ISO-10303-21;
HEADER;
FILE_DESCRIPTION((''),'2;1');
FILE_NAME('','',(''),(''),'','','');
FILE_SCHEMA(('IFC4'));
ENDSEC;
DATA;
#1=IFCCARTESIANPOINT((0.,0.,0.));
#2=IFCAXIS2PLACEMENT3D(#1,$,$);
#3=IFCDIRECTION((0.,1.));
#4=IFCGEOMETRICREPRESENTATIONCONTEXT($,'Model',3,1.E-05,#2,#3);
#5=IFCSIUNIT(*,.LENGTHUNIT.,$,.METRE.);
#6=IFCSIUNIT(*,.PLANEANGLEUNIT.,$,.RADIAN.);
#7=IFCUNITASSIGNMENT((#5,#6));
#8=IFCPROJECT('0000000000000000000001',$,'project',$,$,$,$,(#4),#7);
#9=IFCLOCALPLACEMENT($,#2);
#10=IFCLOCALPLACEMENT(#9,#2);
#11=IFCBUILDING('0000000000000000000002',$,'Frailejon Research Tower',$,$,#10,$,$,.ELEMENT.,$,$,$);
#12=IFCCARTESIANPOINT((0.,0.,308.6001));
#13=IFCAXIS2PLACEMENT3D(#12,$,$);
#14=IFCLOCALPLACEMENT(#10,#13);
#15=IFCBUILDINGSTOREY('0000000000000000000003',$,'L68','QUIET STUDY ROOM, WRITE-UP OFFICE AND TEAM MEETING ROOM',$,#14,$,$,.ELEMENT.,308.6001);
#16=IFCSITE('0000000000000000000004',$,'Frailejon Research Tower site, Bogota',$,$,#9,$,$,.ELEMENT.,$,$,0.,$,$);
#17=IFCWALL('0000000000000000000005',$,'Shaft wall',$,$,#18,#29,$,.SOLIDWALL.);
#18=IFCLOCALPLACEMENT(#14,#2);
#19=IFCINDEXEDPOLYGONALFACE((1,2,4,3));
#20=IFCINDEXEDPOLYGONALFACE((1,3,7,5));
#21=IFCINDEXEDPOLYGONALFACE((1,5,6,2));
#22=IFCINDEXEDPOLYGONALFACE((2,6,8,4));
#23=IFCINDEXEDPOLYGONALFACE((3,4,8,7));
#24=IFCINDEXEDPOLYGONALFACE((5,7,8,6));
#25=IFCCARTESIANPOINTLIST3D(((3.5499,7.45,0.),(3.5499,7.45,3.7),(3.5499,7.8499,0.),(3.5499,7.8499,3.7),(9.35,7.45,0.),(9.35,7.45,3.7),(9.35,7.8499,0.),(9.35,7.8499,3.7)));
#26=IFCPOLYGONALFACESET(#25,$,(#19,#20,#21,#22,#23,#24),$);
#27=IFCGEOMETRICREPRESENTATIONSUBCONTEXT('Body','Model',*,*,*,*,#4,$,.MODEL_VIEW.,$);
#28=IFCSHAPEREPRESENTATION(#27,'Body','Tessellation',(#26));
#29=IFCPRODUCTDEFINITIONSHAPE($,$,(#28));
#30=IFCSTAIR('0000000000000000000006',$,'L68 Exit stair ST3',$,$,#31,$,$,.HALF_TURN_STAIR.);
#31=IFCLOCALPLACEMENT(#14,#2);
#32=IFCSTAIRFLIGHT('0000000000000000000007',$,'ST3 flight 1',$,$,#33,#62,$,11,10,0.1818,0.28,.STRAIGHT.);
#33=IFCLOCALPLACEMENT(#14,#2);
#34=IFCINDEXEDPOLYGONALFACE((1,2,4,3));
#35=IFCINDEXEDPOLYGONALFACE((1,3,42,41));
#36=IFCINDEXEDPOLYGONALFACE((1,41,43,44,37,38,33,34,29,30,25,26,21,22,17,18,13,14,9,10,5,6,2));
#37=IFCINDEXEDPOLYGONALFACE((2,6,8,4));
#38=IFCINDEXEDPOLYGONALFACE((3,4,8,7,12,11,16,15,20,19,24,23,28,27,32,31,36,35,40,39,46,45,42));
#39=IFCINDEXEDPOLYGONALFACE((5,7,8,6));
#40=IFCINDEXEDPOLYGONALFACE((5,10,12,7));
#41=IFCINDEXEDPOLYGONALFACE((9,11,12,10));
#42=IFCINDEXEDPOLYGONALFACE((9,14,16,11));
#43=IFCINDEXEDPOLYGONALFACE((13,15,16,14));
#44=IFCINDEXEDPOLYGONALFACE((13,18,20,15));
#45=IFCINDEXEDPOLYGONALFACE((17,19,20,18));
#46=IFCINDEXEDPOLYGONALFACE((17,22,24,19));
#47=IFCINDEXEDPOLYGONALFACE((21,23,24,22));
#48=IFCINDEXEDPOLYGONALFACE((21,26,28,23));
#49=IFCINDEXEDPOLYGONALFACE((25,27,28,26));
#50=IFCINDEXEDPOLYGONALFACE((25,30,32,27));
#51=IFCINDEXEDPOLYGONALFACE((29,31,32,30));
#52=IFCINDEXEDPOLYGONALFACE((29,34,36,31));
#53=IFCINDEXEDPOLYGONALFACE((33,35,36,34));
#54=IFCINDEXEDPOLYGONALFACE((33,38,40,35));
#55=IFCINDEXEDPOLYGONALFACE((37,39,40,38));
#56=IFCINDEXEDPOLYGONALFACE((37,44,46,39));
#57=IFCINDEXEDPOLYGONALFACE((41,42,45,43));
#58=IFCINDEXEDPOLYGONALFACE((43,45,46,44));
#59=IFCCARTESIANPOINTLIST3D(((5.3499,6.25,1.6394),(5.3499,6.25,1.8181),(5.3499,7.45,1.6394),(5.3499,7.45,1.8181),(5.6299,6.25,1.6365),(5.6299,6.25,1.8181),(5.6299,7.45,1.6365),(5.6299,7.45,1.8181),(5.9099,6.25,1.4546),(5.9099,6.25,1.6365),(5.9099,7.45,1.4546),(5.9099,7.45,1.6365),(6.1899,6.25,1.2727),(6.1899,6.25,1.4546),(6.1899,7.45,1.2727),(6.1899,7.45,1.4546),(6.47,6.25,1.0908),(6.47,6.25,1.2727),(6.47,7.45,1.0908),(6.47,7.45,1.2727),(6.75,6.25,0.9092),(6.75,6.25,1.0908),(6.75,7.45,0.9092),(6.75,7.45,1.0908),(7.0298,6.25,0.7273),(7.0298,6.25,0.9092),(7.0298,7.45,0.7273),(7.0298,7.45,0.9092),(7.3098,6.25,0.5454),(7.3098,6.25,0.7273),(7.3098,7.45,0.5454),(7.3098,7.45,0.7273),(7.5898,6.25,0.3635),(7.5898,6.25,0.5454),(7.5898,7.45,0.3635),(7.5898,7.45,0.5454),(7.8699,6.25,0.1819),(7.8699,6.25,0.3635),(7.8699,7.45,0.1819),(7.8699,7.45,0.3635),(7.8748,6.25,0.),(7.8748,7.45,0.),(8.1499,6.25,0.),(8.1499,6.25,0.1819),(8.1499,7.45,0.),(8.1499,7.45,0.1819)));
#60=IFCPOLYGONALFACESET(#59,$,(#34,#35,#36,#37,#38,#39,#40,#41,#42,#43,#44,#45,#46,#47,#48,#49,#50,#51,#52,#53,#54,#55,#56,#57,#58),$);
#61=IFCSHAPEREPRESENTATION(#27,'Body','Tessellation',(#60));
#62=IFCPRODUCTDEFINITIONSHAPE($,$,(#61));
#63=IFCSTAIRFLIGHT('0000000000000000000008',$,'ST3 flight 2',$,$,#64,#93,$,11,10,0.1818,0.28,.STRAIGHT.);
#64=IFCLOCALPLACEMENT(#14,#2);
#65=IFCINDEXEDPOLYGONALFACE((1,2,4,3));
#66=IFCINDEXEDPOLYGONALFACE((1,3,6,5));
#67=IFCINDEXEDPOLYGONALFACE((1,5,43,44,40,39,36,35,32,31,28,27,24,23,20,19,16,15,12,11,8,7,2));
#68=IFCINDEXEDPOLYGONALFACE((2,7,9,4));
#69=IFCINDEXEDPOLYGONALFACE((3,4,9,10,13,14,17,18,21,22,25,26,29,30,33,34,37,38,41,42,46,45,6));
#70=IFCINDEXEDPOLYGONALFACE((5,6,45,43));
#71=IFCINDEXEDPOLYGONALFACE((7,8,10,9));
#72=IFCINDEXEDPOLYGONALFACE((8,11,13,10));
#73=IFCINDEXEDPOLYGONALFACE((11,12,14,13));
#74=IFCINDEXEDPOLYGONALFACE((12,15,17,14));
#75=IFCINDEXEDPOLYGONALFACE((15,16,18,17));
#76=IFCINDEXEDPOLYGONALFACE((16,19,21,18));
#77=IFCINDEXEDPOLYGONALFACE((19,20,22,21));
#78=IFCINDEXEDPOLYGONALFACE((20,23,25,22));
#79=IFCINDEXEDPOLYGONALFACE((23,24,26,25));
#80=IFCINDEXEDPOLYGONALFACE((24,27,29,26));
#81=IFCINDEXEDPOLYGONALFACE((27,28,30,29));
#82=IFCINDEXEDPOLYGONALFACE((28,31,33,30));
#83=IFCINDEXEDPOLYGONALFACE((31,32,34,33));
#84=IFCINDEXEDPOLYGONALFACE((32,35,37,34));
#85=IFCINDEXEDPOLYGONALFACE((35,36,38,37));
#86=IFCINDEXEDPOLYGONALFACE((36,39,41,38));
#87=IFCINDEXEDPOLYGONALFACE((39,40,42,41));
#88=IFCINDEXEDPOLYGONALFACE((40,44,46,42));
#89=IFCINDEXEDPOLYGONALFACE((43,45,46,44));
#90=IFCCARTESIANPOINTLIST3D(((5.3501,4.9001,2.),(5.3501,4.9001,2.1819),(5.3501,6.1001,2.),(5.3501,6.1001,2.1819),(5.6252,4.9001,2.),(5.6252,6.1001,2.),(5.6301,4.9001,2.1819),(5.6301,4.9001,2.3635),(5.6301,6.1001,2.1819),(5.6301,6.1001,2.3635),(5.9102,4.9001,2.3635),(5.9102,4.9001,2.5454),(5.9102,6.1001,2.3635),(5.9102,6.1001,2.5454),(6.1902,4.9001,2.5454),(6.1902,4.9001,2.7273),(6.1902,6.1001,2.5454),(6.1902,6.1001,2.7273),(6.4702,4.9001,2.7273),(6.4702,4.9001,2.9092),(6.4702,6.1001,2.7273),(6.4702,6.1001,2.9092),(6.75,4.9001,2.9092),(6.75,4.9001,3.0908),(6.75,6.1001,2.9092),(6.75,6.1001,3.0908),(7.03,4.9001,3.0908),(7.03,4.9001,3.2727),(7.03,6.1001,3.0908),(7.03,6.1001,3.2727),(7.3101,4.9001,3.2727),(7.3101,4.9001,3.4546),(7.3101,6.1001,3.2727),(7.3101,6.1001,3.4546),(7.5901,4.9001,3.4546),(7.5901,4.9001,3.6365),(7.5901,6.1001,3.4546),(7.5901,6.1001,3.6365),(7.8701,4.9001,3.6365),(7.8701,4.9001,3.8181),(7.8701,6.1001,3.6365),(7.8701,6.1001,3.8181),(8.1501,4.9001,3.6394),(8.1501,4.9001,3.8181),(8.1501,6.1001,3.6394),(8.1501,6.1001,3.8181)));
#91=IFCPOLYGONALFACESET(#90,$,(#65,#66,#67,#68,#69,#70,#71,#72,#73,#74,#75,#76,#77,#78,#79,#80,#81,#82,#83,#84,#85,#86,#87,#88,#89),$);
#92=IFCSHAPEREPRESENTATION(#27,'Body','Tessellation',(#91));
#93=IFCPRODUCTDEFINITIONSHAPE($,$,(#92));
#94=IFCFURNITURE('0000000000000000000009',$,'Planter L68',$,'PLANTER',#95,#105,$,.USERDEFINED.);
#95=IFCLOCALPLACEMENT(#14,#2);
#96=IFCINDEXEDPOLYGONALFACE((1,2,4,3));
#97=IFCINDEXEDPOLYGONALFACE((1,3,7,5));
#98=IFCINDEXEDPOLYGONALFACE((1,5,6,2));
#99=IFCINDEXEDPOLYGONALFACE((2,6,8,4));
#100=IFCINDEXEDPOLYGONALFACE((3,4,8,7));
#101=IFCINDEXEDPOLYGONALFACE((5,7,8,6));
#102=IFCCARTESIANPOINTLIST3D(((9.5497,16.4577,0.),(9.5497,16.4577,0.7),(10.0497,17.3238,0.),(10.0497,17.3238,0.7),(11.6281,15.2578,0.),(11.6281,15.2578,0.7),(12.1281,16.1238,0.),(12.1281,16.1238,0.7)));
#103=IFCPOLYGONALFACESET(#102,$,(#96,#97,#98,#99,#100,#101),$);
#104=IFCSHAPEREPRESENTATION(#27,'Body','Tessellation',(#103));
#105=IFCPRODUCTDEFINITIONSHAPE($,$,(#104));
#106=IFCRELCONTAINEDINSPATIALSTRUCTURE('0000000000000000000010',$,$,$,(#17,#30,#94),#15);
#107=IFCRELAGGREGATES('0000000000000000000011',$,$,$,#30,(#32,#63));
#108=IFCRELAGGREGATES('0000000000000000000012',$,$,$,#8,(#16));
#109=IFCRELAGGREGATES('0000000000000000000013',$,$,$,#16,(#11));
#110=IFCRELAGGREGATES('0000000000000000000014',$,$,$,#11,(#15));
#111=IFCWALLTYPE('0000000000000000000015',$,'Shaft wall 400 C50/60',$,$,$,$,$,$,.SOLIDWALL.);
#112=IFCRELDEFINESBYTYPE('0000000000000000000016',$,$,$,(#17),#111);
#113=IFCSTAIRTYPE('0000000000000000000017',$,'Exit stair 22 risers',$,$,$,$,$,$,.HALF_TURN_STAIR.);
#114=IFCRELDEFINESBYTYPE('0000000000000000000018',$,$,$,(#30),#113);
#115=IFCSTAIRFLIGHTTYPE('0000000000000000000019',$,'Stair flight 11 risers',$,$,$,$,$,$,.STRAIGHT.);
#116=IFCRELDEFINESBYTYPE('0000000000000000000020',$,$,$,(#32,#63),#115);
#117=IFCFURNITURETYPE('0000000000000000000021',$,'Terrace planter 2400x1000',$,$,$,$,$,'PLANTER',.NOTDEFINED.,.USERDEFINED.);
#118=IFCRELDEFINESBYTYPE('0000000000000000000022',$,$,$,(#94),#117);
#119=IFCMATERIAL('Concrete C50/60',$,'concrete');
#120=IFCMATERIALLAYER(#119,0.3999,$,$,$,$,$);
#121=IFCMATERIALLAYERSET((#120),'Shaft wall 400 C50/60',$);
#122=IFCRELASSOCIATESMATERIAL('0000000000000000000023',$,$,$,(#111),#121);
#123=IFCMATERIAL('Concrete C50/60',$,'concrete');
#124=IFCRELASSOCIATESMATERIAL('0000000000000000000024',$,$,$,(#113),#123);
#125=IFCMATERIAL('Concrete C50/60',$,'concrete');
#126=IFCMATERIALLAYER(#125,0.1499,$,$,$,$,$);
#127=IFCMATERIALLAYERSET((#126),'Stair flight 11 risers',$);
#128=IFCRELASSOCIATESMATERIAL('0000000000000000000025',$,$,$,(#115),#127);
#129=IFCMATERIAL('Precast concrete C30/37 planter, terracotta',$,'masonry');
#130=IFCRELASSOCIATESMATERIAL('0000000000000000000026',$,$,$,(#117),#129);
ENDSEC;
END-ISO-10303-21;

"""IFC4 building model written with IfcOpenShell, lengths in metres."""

from ifc_helpers import new_model, si_unit, direction, frame, frame_2d, origin, origin_2d, place, context, subcontext, project, spatial, polyline, rectangle, outline, extrude, material, layer, layer_set, type_object, element, aggregate, save


model = new_model("IFC4")

# Units and contexts
model_context = context("Model", 3, precision=1e-05, world=origin(), true_north=direction((0.0, 1.0)))
body_context = subcontext(model_context, "Body", "Model", "MODEL_VIEW")
ifc_project = project(units=[si_unit("LENGTHUNIT", "METRE"), si_unit("PLANEANGLEUNIT", "RADIAN")], contexts=[model_context])

# Site, building, storey
site_placement = place(None, origin())
site = spatial("IfcSite", under=ifc_project, at=site_placement, Name="Frailejon Research Tower site, Bogota", CompositionType="ELEMENT", RefElevation=0.0)
building_placement = place(site_placement, origin())
building = spatial("IfcBuilding", under=site, at=building_placement, Name="Frailejon Research Tower", CompositionType="ELEMENT")
storey_placement = place(building_placement, frame((0.0, 0.0, 308.6001)))
storey = spatial("IfcBuildingStorey", under=building, at=storey_placement, Name="L68", Description="QUIET STUDY ROOM, WRITE-UP OFFICE AND TEAM MEETING ROOM", CompositionType="ELEMENT", Elevation=308.6001)

# Wall
ifc_material_1 = material(Name="Concrete C50/60", Category="concrete")
ifc_layer_1 = layer(ifc_material_1, 0.3999)
ifc_layer_set_1 = layer_set([ifc_layer_1], Name="Shaft wall 400 C50/60")
wall_type_1 = type_object("IfcWallType", Name="Shaft wall 400 C50/60", PredefinedType="SOLIDWALL", material=ifc_layer_set_1)
wall_1_placement = place(storey_placement, frame((3.55, 7.6499, 0.0), z_axis=(0.0, 0.0, 1.0), x_axis=(1.0, 0.0, 0.0)))
element("IfcWall", 1, at=wall_1_placement, inside=storey, type_object=wall_type_1, Name="Shaft wall", PredefinedType="SOLIDWALL", context=body_context, shape_type="SweptSolid", body=[
    extrude(rectangle(XDim=5.8, YDim=0.3999, at=frame_2d((2.8999, 0.0))), origin(), (0.0, 0.0, 1.0), 3.7),
])

# Stair, stair flights
ifc_material_2 = material(Name="Concrete C50/60", Category="concrete")
stair_type = type_object("IfcStairType", Name="Exit stair 22 risers", PredefinedType="HALF_TURN_STAIR", material=ifc_material_2)
stair_placement = place(storey_placement, origin())
stair = element("IfcStair", 2, at=stair_placement, inside=storey, type_object=stair_type, Name="L68 Exit stair ST3", PredefinedType="HALF_TURN_STAIR")
ifc_material_3 = material(Name="Concrete C50/60", Category="concrete")
ifc_layer_2 = layer(ifc_material_3, 0.1499)
ifc_layer_set_2 = layer_set([ifc_layer_2], Name="Stair flight 11 risers")
stair_flight_type = type_object("IfcStairFlightType", Name="Stair flight 11 risers", PredefinedType="STRAIGHT", material=ifc_layer_set_2)
stair_flight_1_placement = place(storey_placement, frame((8.1499, 6.8501, 0.0), z_axis=(0.0, 0.0, 1.0), x_axis=(-1.0, 0.0, 0.0)))
stair_flight_1 = element("IfcStairFlight", 3, at=stair_flight_1_placement, type_object=stair_flight_type, Name="ST3 flight 1", NumberOfRisers=11, NumberOfTreads=10, PredefinedType="STRAIGHT", RiserHeight=0.1818, TreadLength=0.28, context=body_context, shape_type="SweptSolid", body=[
    extrude(outline(polyline([(0.0, 0.0), (0.0, 0.1819), (0.28, 0.1819), (0.28, 0.3635), (0.5601, 0.3635), (0.5601, 0.5454), (0.8401, 0.5454), (0.8401, 0.7273), (1.1201, 0.7273), (1.1201, 0.9092), (1.3999, 0.9092), (1.3999, 1.0908), (1.6799, 1.0908), (1.6799, 1.2727), (1.96, 1.2727), (1.96, 1.4546), (2.24, 1.4546), (2.24, 1.6365), (2.52, 1.6365), (2.52, 1.8181), (2.8, 1.8181), (2.8, 2.0), (2.8, 1.6394), (0.2751, 0.0), (0.0, 0.0)])), frame((0.0, 0.6001, 0.0), z_axis=(0.0, -1.0, 0.0), x_axis=(1.0, 0.0, 0.0)), (0.0, 0.0, 1.0), 1.2),
])
stair_flight_2_placement = place(storey_placement, frame((5.3501, 5.5, 2.0), z_axis=(0.0, 0.0, 1.0), x_axis=(1.0, 0.0, 0.0)))
stair_flight_2 = element("IfcStairFlight", 4, at=stair_flight_2_placement, type_object=stair_flight_type, Name="ST3 flight 2", NumberOfRisers=11, NumberOfTreads=10, PredefinedType="STRAIGHT", RiserHeight=0.1818, TreadLength=0.28, context=body_context, shape_type="SweptSolid", body=[
    extrude(outline(polyline([(0.0, 0.0), (0.0, 0.1819), (0.28, 0.1819), (0.28, 0.3635), (0.5601, 0.3635), (0.5601, 0.5454), (0.8401, 0.5454), (0.8401, 0.7273), (1.1201, 0.7273), (1.1201, 0.9092), (1.3999, 0.9092), (1.3999, 1.0908), (1.6799, 1.0908), (1.6799, 1.2727), (1.96, 1.2727), (1.96, 1.4546), (2.24, 1.4546), (2.24, 1.6365), (2.52, 1.6365), (2.52, 1.8181), (2.8, 1.8181), (2.8, 2.0), (2.8, 1.6394), (0.2751, 0.0), (0.0, 0.0)])), frame((0.0, 0.6001, 0.0), z_axis=(0.0, -1.0, 0.0), x_axis=(1.0, 0.0, 0.0)), (0.0, 0.0, 1.0), 1.2),
])
aggregate(stair, [stair_flight_1, stair_flight_2])

# Furniture
ifc_material_4 = material(Name="Precast concrete C30/37 planter, terracotta", Category="masonry")
furniture_type = type_object("IfcFurnitureType", Name="Terrace planter 2400x1000", ElementType="PLANTER", AssemblyPlace="NOTDEFINED", PredefinedType="USERDEFINED", material=ifc_material_4)
furniture_placement = place(storey_placement, frame((10.8389, 16.2908, 0.0), z_axis=(0.0, 0.0, 1.0), x_axis=(-0.866025, 0.5, 0.0)))
element("IfcFurniture", 5, at=furniture_placement, inside=storey, type_object=furniture_type, Name="Planter L68", ObjectType="PLANTER", PredefinedType="USERDEFINED", context=body_context, shape_type="SweptSolid", body=[
    extrude(rectangle(XDim=2.3999, YDim=1.0, at=origin_2d()), origin(), (0.0, 0.0, 1.0), 0.7),
])

save(model, "model.ifc")
